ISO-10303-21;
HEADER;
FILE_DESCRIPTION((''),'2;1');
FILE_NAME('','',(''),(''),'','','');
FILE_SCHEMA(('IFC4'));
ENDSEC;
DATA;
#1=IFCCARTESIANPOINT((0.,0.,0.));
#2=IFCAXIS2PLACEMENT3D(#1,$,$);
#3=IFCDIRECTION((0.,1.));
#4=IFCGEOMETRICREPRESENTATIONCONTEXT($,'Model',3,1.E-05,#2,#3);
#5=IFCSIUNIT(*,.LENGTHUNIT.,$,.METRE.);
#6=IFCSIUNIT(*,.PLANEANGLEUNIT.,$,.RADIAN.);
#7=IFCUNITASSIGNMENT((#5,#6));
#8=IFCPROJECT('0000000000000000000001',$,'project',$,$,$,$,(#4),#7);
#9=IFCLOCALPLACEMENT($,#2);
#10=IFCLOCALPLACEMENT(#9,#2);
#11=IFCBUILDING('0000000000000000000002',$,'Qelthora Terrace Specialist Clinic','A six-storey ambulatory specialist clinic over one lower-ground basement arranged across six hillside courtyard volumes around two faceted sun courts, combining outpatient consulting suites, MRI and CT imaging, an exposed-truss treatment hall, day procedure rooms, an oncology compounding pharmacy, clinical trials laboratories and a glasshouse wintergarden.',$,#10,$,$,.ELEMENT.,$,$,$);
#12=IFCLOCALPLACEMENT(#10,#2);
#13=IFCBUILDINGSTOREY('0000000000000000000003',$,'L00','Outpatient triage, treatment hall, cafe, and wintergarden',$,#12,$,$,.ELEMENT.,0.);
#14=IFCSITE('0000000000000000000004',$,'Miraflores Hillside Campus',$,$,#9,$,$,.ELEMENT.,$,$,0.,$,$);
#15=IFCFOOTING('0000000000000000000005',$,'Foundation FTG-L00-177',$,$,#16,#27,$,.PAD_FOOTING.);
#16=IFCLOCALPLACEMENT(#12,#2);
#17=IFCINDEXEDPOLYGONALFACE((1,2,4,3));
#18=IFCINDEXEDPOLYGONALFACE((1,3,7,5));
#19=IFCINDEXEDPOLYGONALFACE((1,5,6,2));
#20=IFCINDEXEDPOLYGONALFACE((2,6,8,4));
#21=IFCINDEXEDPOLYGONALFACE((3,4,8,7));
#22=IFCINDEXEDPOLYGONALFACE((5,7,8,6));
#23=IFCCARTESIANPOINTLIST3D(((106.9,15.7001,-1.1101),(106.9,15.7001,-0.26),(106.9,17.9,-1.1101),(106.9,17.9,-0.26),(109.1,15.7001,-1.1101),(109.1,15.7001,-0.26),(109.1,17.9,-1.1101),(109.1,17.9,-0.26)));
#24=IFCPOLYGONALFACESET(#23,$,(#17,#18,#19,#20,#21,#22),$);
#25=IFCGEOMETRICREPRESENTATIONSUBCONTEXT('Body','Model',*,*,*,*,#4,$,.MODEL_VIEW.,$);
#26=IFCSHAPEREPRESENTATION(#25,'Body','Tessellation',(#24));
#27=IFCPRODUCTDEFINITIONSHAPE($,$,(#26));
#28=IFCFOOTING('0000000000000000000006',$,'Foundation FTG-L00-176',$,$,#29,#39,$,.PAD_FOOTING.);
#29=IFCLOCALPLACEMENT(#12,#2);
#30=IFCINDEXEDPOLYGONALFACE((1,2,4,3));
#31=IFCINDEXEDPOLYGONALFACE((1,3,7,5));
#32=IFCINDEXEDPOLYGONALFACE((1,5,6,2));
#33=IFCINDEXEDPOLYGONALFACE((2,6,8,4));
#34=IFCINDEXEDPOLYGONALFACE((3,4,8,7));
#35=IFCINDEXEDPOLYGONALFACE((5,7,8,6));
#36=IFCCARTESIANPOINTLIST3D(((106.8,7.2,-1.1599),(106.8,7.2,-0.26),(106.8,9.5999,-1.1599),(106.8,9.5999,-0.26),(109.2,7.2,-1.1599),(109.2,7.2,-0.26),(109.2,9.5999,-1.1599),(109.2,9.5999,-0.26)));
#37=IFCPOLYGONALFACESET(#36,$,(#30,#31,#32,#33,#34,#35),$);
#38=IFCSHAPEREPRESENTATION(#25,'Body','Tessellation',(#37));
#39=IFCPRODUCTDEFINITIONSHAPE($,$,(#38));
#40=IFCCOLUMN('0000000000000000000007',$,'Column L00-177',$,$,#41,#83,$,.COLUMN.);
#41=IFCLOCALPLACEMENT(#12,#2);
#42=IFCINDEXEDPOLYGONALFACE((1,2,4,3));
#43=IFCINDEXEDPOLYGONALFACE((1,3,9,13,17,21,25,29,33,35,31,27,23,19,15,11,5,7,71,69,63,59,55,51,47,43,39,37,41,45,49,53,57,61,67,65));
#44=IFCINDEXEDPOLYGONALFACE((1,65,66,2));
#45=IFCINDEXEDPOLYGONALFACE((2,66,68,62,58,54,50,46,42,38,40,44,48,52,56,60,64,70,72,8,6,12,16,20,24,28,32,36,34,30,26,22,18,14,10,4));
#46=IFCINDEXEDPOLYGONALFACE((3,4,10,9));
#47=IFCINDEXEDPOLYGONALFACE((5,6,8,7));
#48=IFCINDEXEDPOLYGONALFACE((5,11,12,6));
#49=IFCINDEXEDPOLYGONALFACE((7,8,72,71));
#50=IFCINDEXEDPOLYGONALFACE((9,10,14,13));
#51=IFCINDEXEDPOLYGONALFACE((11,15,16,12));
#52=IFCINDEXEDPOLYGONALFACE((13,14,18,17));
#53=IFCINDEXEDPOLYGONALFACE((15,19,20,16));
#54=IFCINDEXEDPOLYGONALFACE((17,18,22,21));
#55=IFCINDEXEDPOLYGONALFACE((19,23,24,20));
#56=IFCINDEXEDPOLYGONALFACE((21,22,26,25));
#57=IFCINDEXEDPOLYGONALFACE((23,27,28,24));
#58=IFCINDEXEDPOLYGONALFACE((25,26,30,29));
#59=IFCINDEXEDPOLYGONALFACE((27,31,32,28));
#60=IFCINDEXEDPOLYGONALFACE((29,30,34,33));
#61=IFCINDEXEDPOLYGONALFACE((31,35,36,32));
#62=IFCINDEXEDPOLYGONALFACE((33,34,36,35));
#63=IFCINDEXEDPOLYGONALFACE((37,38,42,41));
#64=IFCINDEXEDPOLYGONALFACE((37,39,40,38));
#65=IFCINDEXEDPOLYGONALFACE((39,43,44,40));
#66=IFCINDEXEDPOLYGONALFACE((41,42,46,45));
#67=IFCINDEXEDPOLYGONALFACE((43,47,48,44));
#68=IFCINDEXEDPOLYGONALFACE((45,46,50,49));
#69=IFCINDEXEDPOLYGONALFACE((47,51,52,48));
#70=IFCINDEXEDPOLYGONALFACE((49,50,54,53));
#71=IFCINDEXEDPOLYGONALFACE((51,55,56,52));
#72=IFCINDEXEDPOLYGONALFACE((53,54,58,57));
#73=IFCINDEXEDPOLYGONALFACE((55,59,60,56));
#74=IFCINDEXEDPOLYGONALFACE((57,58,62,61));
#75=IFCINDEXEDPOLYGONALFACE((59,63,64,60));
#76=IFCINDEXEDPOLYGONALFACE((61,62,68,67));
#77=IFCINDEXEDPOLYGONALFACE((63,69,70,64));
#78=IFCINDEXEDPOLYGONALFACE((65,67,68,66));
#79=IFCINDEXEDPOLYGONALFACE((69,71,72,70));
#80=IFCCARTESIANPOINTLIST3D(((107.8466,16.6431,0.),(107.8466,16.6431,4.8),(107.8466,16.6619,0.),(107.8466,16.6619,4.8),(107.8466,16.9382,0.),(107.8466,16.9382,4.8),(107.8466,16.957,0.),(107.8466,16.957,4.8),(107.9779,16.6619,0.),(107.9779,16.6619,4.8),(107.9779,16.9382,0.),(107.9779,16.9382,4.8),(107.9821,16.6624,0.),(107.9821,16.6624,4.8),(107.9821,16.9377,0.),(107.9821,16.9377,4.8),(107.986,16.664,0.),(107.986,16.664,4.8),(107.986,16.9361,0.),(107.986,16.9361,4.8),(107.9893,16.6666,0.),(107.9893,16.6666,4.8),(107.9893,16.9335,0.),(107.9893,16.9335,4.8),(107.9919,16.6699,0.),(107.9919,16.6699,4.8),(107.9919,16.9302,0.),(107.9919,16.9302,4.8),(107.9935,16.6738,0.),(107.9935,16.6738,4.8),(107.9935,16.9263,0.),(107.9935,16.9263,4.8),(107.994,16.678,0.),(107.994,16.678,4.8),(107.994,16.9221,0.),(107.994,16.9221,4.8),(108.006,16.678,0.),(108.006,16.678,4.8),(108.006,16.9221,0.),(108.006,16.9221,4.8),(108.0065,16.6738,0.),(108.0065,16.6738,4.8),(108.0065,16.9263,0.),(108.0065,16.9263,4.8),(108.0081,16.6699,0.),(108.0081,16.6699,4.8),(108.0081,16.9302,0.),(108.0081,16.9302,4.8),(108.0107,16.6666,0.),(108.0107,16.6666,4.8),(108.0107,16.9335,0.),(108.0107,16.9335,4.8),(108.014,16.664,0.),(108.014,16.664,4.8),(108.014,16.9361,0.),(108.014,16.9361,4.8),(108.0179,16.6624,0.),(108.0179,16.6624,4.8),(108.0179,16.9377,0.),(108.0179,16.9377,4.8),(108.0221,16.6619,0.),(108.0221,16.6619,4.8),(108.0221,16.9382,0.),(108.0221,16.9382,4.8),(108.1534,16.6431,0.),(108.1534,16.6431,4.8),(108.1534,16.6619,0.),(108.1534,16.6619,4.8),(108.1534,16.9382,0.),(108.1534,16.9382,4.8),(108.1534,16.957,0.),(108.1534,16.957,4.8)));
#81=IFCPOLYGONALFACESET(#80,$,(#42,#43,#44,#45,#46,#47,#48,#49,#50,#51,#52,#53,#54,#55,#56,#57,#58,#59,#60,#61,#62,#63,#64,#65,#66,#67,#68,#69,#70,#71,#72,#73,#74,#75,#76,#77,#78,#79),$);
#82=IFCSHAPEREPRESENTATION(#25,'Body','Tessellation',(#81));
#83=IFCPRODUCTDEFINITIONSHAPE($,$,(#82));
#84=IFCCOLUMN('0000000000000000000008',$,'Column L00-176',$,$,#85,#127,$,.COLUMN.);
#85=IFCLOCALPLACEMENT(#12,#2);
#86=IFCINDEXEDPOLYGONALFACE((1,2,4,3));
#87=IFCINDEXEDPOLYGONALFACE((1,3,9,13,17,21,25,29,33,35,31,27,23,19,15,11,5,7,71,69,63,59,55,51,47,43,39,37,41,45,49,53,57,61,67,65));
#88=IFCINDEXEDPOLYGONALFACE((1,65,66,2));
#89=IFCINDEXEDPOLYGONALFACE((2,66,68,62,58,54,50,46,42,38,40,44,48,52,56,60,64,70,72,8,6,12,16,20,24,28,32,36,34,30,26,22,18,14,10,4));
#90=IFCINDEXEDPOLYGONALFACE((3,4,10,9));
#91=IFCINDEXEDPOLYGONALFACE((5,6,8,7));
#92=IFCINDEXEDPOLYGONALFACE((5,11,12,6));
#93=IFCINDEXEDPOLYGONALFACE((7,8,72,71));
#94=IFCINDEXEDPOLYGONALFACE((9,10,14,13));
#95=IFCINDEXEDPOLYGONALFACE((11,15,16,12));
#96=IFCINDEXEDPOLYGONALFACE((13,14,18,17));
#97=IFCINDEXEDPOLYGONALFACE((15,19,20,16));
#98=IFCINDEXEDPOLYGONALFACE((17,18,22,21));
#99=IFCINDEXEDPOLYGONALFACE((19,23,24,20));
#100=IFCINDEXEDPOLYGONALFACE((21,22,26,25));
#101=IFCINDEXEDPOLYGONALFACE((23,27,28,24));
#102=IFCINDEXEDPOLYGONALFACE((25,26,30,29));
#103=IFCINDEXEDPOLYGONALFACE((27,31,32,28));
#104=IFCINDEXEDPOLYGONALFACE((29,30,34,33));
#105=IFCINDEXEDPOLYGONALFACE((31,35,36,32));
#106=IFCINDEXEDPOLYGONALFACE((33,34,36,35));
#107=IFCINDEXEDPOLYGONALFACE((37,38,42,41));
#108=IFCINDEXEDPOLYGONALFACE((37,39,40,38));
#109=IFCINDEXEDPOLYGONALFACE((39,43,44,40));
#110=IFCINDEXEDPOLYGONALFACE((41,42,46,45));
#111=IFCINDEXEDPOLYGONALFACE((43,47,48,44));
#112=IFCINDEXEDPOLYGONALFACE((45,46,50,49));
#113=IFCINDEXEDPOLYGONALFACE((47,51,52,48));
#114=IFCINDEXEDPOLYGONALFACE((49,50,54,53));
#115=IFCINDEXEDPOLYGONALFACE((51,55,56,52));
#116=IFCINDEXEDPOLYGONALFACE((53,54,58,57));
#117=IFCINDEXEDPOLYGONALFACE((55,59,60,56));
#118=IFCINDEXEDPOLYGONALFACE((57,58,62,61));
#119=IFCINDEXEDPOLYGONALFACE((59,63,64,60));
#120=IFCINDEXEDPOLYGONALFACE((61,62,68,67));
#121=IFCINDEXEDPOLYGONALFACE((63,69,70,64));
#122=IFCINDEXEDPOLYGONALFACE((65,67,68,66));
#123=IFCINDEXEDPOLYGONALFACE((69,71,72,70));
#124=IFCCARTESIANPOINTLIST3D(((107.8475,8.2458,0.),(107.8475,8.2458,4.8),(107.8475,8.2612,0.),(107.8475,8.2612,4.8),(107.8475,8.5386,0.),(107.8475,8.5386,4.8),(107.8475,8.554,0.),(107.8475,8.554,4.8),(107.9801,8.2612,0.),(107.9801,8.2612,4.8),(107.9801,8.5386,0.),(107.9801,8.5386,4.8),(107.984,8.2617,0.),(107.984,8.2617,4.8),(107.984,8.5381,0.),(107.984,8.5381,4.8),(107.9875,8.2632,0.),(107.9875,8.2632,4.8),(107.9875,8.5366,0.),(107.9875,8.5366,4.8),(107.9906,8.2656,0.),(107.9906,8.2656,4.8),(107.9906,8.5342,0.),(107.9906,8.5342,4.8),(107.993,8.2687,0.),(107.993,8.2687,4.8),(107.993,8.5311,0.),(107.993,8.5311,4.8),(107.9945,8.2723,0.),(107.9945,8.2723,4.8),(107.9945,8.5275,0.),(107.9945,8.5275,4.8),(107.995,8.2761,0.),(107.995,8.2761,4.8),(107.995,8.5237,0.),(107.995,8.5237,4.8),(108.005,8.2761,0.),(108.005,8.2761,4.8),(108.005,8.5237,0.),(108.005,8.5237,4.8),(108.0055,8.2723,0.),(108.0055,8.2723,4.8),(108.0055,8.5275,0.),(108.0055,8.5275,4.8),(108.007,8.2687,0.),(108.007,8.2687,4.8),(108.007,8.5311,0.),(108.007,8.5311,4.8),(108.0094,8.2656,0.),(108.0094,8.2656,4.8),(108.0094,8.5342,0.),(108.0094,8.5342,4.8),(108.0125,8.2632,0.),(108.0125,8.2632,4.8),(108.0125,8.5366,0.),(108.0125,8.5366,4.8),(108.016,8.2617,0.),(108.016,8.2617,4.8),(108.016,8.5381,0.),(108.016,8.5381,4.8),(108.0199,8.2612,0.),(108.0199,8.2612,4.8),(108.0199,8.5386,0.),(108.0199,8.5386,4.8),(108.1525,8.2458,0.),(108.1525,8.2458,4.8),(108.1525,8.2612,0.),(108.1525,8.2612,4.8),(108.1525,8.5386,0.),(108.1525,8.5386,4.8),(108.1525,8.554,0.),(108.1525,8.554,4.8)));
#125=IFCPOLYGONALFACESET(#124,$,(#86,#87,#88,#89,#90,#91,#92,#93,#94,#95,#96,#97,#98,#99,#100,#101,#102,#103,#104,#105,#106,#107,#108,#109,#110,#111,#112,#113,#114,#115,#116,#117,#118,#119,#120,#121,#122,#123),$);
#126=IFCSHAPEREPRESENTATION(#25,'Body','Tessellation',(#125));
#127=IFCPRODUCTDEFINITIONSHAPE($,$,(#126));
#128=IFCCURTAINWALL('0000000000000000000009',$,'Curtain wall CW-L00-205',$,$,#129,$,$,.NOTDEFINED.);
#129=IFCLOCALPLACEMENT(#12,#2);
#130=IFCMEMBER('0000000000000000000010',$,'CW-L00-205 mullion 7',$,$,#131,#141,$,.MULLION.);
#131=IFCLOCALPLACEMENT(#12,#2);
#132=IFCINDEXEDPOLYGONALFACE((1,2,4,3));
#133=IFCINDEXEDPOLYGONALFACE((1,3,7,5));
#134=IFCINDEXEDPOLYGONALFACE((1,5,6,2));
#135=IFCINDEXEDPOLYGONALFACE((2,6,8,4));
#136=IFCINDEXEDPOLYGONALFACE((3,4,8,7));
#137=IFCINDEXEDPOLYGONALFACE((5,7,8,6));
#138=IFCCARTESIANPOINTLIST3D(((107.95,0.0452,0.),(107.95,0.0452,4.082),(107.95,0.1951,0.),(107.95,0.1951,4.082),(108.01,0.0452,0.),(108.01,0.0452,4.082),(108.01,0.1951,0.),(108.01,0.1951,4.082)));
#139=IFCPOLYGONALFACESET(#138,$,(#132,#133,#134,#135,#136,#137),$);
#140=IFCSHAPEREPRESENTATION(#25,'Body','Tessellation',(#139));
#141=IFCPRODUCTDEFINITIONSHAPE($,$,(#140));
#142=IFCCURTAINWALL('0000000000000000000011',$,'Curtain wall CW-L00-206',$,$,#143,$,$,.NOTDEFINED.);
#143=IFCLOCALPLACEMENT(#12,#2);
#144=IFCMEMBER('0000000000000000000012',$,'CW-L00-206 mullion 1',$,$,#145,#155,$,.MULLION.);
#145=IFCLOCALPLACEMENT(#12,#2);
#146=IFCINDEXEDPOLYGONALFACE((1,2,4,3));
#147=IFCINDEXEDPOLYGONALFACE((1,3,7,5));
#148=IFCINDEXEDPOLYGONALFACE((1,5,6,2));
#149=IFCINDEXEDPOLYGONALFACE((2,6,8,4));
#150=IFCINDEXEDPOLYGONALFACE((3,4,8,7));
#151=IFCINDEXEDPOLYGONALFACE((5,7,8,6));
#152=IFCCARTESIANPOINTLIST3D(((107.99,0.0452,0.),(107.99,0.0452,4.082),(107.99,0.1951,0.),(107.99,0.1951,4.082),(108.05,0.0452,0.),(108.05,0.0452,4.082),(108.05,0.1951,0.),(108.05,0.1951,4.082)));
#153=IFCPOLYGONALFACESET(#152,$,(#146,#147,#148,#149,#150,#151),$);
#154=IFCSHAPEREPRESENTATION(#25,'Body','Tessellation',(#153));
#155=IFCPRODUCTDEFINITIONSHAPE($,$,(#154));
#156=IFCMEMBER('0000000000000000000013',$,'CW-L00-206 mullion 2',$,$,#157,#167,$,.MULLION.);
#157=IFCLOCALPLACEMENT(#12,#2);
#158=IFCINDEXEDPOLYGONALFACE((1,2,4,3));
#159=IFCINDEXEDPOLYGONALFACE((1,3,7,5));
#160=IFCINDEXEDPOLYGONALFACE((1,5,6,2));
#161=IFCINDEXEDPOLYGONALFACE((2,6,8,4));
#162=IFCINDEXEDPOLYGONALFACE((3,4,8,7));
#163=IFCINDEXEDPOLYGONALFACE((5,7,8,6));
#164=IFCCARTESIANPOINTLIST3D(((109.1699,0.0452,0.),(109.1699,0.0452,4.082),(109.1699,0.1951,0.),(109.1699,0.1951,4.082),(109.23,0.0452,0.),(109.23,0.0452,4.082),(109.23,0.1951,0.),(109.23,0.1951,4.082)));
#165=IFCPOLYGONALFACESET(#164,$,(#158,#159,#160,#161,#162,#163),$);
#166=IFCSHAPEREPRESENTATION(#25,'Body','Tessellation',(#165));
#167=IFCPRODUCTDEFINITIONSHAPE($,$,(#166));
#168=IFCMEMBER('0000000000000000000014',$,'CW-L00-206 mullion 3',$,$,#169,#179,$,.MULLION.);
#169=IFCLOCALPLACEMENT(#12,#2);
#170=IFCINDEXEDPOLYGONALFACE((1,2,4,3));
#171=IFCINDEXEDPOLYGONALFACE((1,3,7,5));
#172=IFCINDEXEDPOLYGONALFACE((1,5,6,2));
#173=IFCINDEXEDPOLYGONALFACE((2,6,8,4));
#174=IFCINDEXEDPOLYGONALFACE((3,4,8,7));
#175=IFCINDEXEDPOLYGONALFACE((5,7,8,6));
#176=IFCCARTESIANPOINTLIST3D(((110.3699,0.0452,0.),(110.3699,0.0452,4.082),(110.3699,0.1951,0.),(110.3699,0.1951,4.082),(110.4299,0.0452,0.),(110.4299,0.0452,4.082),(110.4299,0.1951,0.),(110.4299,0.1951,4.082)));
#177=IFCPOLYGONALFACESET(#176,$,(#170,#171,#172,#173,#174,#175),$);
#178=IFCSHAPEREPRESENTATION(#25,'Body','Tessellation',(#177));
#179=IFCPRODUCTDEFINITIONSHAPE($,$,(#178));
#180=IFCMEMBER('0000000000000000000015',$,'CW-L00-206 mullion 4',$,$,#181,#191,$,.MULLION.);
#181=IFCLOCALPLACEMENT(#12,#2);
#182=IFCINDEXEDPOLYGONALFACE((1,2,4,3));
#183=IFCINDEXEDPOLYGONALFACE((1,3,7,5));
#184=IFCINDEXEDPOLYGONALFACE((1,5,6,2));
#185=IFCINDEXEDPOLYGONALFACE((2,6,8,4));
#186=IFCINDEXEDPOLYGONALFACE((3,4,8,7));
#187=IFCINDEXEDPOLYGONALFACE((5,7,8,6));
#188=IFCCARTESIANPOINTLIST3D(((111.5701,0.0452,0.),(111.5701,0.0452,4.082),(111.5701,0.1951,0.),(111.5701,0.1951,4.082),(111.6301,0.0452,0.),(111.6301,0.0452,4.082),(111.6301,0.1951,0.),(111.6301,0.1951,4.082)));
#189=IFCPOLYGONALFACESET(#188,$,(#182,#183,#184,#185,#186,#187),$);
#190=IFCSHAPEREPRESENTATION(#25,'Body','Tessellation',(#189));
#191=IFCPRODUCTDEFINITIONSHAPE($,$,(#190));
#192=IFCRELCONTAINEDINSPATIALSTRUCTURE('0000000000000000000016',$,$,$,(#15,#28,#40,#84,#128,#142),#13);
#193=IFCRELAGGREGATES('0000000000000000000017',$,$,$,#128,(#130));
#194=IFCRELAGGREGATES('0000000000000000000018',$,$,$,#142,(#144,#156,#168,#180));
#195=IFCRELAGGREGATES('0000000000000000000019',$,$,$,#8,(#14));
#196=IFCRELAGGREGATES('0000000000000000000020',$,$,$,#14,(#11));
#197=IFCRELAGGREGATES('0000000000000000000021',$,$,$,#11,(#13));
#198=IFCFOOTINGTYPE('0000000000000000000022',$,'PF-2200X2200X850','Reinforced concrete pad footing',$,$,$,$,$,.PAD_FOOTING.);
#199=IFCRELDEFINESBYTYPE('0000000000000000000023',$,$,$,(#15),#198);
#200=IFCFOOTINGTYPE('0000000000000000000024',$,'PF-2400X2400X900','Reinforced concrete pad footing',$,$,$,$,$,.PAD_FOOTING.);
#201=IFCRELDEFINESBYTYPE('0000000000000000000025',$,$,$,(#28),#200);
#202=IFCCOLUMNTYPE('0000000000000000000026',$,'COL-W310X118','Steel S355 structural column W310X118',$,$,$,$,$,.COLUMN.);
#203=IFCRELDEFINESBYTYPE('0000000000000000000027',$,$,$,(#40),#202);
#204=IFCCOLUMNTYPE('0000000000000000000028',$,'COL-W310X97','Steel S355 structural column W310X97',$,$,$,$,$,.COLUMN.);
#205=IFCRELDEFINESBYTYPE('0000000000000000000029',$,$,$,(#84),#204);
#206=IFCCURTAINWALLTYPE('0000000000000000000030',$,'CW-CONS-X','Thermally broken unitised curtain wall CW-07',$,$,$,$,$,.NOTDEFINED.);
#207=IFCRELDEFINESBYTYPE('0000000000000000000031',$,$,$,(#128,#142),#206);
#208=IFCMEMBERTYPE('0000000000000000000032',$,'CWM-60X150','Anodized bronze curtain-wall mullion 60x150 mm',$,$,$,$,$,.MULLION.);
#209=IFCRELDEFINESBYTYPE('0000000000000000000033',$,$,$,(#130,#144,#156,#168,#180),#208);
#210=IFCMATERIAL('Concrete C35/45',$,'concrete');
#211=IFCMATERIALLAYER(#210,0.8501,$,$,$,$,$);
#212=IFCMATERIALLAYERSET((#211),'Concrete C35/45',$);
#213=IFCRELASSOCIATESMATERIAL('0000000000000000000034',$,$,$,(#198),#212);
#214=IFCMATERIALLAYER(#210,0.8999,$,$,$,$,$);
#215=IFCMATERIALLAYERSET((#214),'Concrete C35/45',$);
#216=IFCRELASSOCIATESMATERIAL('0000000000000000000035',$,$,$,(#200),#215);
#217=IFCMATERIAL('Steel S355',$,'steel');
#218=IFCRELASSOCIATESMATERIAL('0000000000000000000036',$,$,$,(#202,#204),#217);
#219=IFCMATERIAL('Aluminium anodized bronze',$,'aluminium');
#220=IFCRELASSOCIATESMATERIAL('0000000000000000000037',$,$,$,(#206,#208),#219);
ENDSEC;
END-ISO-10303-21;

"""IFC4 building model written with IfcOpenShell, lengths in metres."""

from ifc_helpers import new_model, si_unit, direction, frame, origin, origin_2d, place, context, subcontext, project, spatial, rectangle, i_section, extrude, material, layer, layer_set, material_profile, profile_set, type_object, element, aggregate, save


model = new_model("IFC4")

# Units and contexts
model_context = context("Model", 3, precision=1e-05, world=origin(), true_north=direction((0.0, 1.0)))
body_context = subcontext(model_context, "Body", "Model", "MODEL_VIEW")
ifc_project = project(units=[si_unit("LENGTHUNIT", "METRE"), si_unit("PLANEANGLEUNIT", "RADIAN")], contexts=[model_context])

# Site, building, storey
site_placement = place(None, origin())
site = spatial("IfcSite", under=ifc_project, at=site_placement, Name="Miraflores Hillside Campus", CompositionType="ELEMENT", RefElevation=0.0)
building_placement = place(site_placement, origin())
building = spatial("IfcBuilding", under=site, at=building_placement, Name="Qelthora Terrace Specialist Clinic", Description="A six-storey ambulatory specialist clinic over one lower-ground basement arranged across six hillside courtyard volumes around two faceted sun courts, combining outpatient consulting suites, MRI and CT imaging, an exposed-truss treatment hall, day procedure rooms, an oncology compounding pharmacy, clinical trials laboratories and a glasshouse wintergarden.", CompositionType="ELEMENT")
storey_placement = place(building_placement, origin())
storey = spatial("IfcBuildingStorey", under=building, at=storey_placement, Name="L00", Description="Outpatient triage, treatment hall, cafe, and wintergarden", CompositionType="ELEMENT", Elevation=0.0)

# Footings
ifc_material_1 = material(Name="Concrete C35/45", Category="concrete")
ifc_layer_1 = layer(ifc_material_1, 0.8501)
ifc_layer_set_1 = layer_set([ifc_layer_1], Name="Concrete C35/45")
footing_type_1 = type_object("IfcFootingType", Name="PF-2200X2200X850", Description="Reinforced concrete pad footing", PredefinedType="PAD_FOOTING", material=ifc_layer_set_1)
footing_1_placement = place(storey_placement, frame((108.0, 16.8, -1.1101), z_axis=(0.0, 0.0, 1.0), x_axis=(1.0, 0.0, 0.0)))
element("IfcFooting", 1, at=footing_1_placement, inside=storey, type_object=footing_type_1, Name="Foundation FTG-L00-177", PredefinedType="PAD_FOOTING", context=body_context, shape_type="SweptSolid", body=[
    extrude(rectangle(XDim=2.2, YDim=2.2, at=origin_2d()), origin(), (0.0, 0.0, 1.0), 0.8501),
])
ifc_layer_2 = layer(ifc_material_1, 0.8999)
ifc_layer_set_2 = layer_set([ifc_layer_2], Name="Concrete C35/45")
footing_type_2 = type_object("IfcFootingType", Name="PF-2400X2400X900", Description="Reinforced concrete pad footing", PredefinedType="PAD_FOOTING", material=ifc_layer_set_2)
footing_2_placement = place(storey_placement, frame((108.0, 8.3999, -1.1599), z_axis=(0.0, 0.0, 1.0), x_axis=(1.0, 0.0, 0.0)))
element("IfcFooting", 2, at=footing_2_placement, inside=storey, type_object=footing_type_2, Name="Foundation FTG-L00-176", PredefinedType="PAD_FOOTING", context=body_context, shape_type="SweptSolid", body=[
    extrude(rectangle(XDim=2.3999, YDim=2.3999, at=origin_2d()), origin(), (0.0, 0.0, 1.0), 0.8999),
])

# Columns
ifc_material_2 = material(Name="Steel S355", Category="steel")
ifc_material_profile_1 = material_profile(ifc_material_2, i_section(OverallWidth=0.3069, OverallDepth=0.314, WebThickness=0.012, FlangeThickness=0.0188, FilletRadius=0.0161, at=origin_2d()), Name="W310X118")
ifc_profile_set_1 = profile_set([ifc_material_profile_1], Name="Steel S355")
column_type_1 = type_object("IfcColumnType", Name="COL-W310X118", Description="Steel S355 structural column W310X118", PredefinedType="COLUMN", material=ifc_profile_set_1)
column_1_placement = place(storey_placement, frame((108.0, 16.8, 0.0), z_axis=(0.0, 0.0, 1.0), x_axis=(1.0, 0.0, 0.0)))
element("IfcColumn", 3, at=column_1_placement, inside=storey, type_object=column_type_1, Name="Column L00-177", PredefinedType="COLUMN", context=body_context, shape_type="SweptSolid", body=[
    extrude(i_section(OverallWidth=0.3069, OverallDepth=0.314, WebThickness=0.012, FlangeThickness=0.0188, FilletRadius=0.0161, at=origin_2d()), origin(), (0.0, 0.0, 1.0), 4.8),
])
ifc_material_profile_2 = material_profile(ifc_material_2, i_section(OverallWidth=0.3049, OverallDepth=0.3081, WebThickness=0.01, FlangeThickness=0.0154, FilletRadius=0.0149, at=origin_2d()), Name="W310X97")
ifc_profile_set_2 = profile_set([ifc_material_profile_2], Name="Steel S355")
column_type_2 = type_object("IfcColumnType", Name="COL-W310X97", Description="Steel S355 structural column W310X97", PredefinedType="COLUMN", material=ifc_profile_set_2)
column_2_placement = place(storey_placement, frame((108.0, 8.3999, 0.0), z_axis=(0.0, 0.0, 1.0), x_axis=(1.0, 0.0, 0.0)))
element("IfcColumn", 4, at=column_2_placement, inside=storey, type_object=column_type_2, Name="Column L00-176", PredefinedType="COLUMN", context=body_context, shape_type="SweptSolid", body=[
    extrude(i_section(OverallWidth=0.3049, OverallDepth=0.3081, WebThickness=0.01, FlangeThickness=0.0154, FilletRadius=0.0149, at=origin_2d()), origin(), (0.0, 0.0, 1.0), 4.8),
])

# Curtain wall, member
ifc_material_3 = material(Name="Aluminium anodized bronze", Category="aluminium")
curtain_wall_type = type_object("IfcCurtainWallType", Name="CW-CONS-X", Description="Thermally broken unitised curtain wall CW-07", PredefinedType="NOTDEFINED", material=ifc_material_3)
curtain_wall_1_placement = place(storey_placement, origin())
curtain_wall_1 = element("IfcCurtainWall", 5, at=curtain_wall_1_placement, inside=storey, type_object=curtain_wall_type, Name="Curtain wall CW-L00-205", PredefinedType="NOTDEFINED")
ifc_material_profile_3 = material_profile(ifc_material_3, rectangle(XDim=0.0601, YDim=0.1499, at=origin_2d()), Name="CWM60X150")
ifc_profile_set_3 = profile_set([ifc_material_profile_3], Name="Aluminium anodized bronze")
member_type_1 = type_object("IfcMemberType", Name="CWM-60X150", Description="Anodized bronze curtain-wall mullion 60x150 mm", PredefinedType="MULLION", material=ifc_profile_set_3)
member_1_placement = place(storey_placement, frame((107.98, 0.1201, 0.0), z_axis=(0.0, 0.0, 1.0), x_axis=(1.0, 0.0, 0.0)))
member_1 = element("IfcMember", 6, at=member_1_placement, type_object=member_type_1, Name="CW-L00-205 mullion 7", PredefinedType="MULLION", context=body_context, shape_type="SweptSolid", body=[
    extrude(rectangle(XDim=0.0601, YDim=0.1499, at=origin_2d()), origin(), (0.0, 0.0, 1.0), 4.082),
])

# Curtain wall, members
curtain_wall_2_placement = place(storey_placement, origin())
curtain_wall_2 = element("IfcCurtainWall", 7, at=curtain_wall_2_placement, inside=storey, type_object=curtain_wall_type, Name="Curtain wall CW-L00-206", PredefinedType="NOTDEFINED")
member_2_placement = place(storey_placement, frame((108.02, 0.1201, 0.0), z_axis=(0.0, 0.0, 1.0), x_axis=(1.0, 0.0, 0.0)))
member_2 = element("IfcMember", 8, at=member_2_placement, type_object=member_type_1, Name="CW-L00-206 mullion 1", PredefinedType="MULLION", context=body_context, shape_type="SweptSolid", body=[
    extrude(rectangle(XDim=0.0601, YDim=0.1499, at=origin_2d()), origin(), (0.0, 0.0, 1.0), 4.082),
])
member_3_placement = place(storey_placement, frame((109.2, 0.1201, 0.0), z_axis=(0.0, 0.0, 1.0), x_axis=(1.0, 0.0, 0.0)))
member_3 = element("IfcMember", 9, at=member_3_placement, type_object=member_type_1, Name="CW-L00-206 mullion 2", PredefinedType="MULLION", context=body_context, shape_type="SweptSolid", body=[
    extrude(rectangle(XDim=0.0601, YDim=0.1499, at=origin_2d()), origin(), (0.0, 0.0, 1.0), 4.082),
])
member_4_placement = place(storey_placement, frame((110.3999, 0.1201, 0.0), z_axis=(0.0, 0.0, 1.0), x_axis=(1.0, 0.0, 0.0)))
member_4 = element("IfcMember", 10, at=member_4_placement, type_object=member_type_1, Name="CW-L00-206 mullion 3", PredefinedType="MULLION", context=body_context, shape_type="SweptSolid", body=[
    extrude(rectangle(XDim=0.0601, YDim=0.1499, at=origin_2d()), origin(), (0.0, 0.0, 1.0), 4.082),
])
member_5_placement = place(storey_placement, frame((111.6001, 0.1201, 0.0), z_axis=(0.0, 0.0, 1.0), x_axis=(1.0, 0.0, 0.0)))
member_5 = element("IfcMember", 11, at=member_5_placement, type_object=member_type_1, Name="CW-L00-206 mullion 4", PredefinedType="MULLION", context=body_context, shape_type="SweptSolid", body=[
    extrude(rectangle(XDim=0.0601, YDim=0.1499, at=origin_2d()), origin(), (0.0, 0.0, 1.0), 4.082),
])

aggregate(curtain_wall_1, [member_1])
aggregate(curtain_wall_2, [member_2, member_3, member_4, member_5])

save(model, "model.ifc")
